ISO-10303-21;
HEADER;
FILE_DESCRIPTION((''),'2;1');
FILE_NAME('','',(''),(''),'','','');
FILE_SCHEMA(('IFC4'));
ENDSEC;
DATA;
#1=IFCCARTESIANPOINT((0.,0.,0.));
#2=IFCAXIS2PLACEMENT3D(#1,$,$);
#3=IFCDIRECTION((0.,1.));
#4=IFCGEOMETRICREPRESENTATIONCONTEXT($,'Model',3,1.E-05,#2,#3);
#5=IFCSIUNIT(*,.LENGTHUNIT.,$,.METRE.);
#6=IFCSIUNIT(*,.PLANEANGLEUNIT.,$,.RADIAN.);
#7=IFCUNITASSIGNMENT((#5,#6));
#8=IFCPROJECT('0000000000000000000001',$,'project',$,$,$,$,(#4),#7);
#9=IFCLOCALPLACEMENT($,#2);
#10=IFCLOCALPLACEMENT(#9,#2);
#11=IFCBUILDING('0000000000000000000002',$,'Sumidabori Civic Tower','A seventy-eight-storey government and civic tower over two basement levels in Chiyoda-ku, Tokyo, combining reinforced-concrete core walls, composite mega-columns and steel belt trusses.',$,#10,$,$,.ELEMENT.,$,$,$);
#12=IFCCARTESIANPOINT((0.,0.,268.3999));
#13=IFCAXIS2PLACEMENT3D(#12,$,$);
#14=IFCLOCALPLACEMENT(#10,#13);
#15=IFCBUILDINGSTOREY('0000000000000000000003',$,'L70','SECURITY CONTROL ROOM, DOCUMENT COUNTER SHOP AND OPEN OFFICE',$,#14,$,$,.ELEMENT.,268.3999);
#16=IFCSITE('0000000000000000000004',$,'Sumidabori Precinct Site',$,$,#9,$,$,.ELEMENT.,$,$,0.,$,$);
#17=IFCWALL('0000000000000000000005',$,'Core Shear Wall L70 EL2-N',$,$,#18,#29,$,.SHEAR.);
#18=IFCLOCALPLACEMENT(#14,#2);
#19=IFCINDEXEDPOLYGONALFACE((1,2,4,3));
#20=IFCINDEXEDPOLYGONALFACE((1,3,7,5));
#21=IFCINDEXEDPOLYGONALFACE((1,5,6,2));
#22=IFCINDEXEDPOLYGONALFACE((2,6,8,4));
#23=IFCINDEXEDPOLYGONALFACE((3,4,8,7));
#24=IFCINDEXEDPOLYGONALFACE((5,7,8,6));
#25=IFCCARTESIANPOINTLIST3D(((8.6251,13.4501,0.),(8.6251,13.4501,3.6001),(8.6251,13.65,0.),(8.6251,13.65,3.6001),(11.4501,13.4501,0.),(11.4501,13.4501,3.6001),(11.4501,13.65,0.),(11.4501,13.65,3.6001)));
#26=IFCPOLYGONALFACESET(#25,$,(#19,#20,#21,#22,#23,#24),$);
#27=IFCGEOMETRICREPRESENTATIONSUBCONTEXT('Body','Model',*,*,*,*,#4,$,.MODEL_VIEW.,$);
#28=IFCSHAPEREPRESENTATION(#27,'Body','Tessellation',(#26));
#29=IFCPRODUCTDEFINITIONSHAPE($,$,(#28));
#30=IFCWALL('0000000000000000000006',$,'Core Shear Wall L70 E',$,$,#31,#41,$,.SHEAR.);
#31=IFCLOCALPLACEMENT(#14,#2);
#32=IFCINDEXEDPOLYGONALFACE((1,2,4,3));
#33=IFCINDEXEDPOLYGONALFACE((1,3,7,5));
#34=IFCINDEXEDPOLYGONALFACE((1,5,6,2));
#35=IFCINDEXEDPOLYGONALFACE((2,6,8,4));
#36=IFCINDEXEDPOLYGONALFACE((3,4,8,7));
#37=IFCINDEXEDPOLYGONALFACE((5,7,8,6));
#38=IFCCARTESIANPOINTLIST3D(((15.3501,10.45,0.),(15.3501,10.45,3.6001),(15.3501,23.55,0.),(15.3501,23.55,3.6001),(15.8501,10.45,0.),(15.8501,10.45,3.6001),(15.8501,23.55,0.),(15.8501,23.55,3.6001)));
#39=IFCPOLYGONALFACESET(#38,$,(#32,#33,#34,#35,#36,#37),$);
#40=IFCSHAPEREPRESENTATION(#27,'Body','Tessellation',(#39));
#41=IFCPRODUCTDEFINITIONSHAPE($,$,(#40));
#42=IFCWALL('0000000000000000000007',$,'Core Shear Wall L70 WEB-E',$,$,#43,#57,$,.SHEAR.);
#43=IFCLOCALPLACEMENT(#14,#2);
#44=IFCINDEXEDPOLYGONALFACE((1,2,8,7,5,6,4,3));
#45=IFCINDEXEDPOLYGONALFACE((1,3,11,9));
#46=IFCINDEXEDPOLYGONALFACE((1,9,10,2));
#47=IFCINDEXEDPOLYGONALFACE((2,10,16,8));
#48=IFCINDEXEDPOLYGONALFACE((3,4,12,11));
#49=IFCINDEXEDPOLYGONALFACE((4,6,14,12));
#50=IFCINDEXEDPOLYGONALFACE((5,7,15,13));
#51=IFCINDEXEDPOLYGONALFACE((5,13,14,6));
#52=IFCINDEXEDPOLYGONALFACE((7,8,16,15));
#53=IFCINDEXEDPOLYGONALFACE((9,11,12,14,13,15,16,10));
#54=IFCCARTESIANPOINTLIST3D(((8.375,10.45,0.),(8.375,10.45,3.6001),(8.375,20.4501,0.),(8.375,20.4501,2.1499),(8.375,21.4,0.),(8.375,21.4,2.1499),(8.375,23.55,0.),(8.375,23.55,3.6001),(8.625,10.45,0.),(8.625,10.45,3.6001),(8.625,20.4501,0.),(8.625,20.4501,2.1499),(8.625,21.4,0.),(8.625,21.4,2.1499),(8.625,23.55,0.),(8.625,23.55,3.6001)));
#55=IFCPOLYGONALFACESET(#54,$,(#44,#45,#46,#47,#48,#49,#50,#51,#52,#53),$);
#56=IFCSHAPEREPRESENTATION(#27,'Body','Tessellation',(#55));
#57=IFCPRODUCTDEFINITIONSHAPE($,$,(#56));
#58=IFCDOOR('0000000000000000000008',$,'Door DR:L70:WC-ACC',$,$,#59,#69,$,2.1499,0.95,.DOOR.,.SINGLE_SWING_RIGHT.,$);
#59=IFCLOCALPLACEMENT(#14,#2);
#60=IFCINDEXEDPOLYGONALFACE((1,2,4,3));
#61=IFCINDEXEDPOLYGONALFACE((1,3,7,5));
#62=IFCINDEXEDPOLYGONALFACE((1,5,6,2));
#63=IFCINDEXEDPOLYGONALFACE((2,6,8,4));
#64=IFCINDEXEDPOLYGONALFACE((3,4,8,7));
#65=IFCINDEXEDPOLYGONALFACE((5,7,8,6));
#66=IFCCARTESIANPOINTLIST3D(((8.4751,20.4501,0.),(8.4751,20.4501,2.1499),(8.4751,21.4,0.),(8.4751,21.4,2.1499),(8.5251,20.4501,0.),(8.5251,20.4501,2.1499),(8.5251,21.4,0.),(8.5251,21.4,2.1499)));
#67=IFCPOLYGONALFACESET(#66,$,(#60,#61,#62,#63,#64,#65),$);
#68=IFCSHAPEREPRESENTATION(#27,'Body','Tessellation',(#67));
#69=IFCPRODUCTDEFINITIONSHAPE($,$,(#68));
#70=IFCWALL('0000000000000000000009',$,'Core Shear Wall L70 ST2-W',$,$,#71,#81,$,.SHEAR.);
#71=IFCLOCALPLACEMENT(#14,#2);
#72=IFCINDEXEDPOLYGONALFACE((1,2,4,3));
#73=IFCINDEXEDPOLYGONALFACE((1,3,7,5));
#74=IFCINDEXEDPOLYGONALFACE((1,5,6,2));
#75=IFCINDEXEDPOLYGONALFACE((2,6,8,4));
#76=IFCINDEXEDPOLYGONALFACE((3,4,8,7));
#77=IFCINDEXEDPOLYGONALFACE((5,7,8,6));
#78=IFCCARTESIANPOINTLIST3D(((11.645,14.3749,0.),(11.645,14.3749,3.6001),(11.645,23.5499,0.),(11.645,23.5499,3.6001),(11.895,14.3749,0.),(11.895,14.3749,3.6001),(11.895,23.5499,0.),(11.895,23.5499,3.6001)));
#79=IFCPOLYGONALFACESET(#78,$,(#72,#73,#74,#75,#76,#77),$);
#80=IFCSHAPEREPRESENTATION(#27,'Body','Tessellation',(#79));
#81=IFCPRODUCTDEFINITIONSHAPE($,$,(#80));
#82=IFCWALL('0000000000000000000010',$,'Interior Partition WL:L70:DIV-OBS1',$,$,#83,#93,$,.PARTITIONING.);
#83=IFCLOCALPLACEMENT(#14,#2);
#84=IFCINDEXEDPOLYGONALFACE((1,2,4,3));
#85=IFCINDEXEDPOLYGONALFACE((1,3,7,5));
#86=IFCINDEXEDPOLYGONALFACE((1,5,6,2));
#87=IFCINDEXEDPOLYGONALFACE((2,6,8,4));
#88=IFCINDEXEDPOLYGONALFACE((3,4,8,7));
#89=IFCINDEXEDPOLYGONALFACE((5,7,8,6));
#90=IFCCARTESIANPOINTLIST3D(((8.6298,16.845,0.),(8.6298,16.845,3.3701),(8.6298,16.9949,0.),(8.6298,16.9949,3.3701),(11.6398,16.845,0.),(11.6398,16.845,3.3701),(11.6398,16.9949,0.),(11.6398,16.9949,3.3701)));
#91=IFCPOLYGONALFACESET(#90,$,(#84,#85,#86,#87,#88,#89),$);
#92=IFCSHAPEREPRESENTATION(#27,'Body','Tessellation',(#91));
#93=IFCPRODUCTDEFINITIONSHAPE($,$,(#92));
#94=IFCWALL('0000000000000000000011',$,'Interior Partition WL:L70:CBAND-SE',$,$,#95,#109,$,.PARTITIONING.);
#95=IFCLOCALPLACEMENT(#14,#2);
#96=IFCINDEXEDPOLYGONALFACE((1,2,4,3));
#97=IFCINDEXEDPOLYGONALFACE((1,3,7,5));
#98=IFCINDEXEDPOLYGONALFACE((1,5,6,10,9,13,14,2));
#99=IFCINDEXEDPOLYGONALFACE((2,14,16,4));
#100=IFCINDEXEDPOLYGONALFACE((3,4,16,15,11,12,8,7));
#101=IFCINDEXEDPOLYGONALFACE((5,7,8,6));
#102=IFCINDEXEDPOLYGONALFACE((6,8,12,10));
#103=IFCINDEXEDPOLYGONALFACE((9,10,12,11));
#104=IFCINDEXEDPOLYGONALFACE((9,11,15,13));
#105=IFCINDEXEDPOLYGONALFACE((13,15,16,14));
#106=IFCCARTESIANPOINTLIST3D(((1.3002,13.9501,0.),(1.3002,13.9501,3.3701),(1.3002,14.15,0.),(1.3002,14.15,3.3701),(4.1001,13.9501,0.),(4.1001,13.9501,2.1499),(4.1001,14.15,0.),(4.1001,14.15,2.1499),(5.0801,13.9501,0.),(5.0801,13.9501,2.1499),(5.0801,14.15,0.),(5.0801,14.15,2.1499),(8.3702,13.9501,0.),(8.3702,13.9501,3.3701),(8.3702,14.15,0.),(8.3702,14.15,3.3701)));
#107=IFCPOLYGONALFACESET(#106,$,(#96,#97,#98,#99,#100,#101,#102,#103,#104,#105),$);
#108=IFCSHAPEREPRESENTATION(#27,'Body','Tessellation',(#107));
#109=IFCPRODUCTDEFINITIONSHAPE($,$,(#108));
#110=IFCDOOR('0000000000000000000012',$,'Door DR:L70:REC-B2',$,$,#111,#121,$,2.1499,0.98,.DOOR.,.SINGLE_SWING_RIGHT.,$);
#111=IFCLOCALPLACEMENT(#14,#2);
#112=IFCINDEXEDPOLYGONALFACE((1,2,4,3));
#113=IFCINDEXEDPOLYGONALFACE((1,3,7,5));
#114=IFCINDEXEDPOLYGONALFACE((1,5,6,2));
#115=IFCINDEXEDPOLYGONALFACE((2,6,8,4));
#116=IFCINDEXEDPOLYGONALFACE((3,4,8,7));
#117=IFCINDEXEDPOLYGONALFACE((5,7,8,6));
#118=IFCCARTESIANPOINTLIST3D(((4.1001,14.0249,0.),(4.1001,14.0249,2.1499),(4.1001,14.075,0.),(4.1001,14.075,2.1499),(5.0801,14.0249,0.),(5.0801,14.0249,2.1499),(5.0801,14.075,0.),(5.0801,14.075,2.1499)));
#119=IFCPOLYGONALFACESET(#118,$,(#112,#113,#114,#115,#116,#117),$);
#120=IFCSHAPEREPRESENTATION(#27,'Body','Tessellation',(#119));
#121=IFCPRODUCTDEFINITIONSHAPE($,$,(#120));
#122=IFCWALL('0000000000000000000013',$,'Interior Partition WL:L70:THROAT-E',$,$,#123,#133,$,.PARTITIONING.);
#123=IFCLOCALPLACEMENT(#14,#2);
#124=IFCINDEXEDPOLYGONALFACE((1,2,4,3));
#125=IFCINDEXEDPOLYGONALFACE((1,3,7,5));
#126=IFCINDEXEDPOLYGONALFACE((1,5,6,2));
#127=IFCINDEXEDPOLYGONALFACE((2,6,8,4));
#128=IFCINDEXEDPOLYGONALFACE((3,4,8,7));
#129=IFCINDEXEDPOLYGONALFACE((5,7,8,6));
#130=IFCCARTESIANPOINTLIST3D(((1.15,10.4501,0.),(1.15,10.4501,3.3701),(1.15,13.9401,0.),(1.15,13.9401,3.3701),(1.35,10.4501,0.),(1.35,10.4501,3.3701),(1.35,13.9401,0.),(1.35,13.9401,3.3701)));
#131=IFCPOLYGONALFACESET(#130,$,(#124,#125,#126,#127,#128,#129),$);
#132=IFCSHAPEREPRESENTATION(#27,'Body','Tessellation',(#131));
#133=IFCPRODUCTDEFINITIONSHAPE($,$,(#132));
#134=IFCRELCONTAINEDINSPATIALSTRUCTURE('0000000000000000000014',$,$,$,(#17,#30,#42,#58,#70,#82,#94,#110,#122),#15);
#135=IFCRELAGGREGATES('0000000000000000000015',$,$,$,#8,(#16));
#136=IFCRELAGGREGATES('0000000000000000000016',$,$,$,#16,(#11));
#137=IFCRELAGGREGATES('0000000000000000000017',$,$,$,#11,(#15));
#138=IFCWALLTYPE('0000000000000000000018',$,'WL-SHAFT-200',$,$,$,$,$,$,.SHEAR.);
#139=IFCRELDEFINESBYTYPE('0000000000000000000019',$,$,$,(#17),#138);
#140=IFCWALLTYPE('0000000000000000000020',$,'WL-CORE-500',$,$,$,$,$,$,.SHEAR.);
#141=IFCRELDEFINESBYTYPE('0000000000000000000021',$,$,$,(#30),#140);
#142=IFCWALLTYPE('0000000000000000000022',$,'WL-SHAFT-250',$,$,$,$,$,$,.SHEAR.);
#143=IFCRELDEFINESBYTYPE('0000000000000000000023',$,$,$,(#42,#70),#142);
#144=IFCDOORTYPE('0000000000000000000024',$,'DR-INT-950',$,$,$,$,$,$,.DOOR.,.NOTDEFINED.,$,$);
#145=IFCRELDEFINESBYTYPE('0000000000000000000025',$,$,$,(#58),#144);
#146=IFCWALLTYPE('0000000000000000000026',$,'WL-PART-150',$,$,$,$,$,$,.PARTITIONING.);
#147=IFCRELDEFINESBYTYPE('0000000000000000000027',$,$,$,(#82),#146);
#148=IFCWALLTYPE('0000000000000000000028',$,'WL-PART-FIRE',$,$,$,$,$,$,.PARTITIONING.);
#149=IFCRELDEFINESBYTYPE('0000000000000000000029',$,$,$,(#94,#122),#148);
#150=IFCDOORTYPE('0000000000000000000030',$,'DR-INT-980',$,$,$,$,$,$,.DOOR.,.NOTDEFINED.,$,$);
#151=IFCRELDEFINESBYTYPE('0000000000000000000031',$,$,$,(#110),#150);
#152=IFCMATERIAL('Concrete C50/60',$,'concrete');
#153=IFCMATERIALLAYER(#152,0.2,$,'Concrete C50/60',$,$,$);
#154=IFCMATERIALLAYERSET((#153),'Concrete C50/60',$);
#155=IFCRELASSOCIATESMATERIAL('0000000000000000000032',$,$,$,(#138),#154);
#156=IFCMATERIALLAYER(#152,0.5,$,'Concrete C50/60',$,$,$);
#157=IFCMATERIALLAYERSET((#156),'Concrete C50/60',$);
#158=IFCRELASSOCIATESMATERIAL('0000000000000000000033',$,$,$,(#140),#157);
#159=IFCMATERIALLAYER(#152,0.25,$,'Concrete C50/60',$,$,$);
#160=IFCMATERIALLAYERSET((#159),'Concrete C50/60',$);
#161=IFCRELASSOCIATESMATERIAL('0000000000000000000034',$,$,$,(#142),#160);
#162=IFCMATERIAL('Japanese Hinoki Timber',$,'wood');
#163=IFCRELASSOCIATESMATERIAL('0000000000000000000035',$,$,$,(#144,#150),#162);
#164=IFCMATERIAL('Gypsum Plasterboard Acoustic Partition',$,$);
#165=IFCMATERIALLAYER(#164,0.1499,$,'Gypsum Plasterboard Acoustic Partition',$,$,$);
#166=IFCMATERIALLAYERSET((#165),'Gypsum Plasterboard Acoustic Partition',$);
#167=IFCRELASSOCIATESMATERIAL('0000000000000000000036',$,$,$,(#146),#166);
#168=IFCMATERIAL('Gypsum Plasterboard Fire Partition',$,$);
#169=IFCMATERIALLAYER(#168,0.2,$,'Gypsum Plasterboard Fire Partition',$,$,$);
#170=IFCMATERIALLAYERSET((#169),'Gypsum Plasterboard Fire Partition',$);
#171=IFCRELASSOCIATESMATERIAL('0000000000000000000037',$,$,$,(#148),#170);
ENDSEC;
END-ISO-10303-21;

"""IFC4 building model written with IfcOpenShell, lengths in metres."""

from ifc_helpers import new_model, si_unit, direction, frame, frame_2d, origin, place, context, subcontext, project, spatial, rectangle, extrude, source, transform, mapped, material, layer, layer_set, type_object, element, fill, save


model = new_model("IFC4")

# Units and contexts
model_context = context("Model", 3, precision=1e-05, world=origin(), true_north=direction((0.0, 1.0)))
body_context = subcontext(model_context, "Body", "Model", "MODEL_VIEW")
ifc_project = project(units=[si_unit("LENGTHUNIT", "METRE"), si_unit("PLANEANGLEUNIT", "RADIAN")], contexts=[model_context])

# Site, building, storey
site_placement = place(None, origin())
site = spatial("IfcSite", under=ifc_project, at=site_placement, Name="Sumidabori Precinct Site", CompositionType="ELEMENT", RefElevation=0.0)
building_placement = place(site_placement, origin())
building = spatial("IfcBuilding", under=site, at=building_placement, Name="Sumidabori Civic Tower", Description="A seventy-eight-storey government and civic tower over two basement levels in Chiyoda-ku, Tokyo, combining reinforced-concrete core walls, composite mega-columns and steel belt trusses.", CompositionType="ELEMENT")
storey_placement = place(building_placement, frame((0.0, 0.0, 268.3999)))
storey = spatial("IfcBuildingStorey", under=building, at=storey_placement, Name="L70", Description="SECURITY CONTROL ROOM, DOCUMENT COUNTER SHOP AND OPEN OFFICE", CompositionType="ELEMENT", Elevation=268.3999)

# Walls
ifc_material_1 = material(Name="Concrete C50/60", Category="concrete")
ifc_layer_1 = layer(ifc_material_1, 0.2, Name="Concrete C50/60")
ifc_layer_set_1 = layer_set([ifc_layer_1], Name="Concrete C50/60")
wall_type_1 = type_object("IfcWallType", Name="WL-SHAFT-200", PredefinedType="SHEAR", material=ifc_layer_set_1)
shared_shape_1 = source(origin(), body_context, "Body", "SweptSolid", [
    extrude(rectangle(XDim=2.825, YDim=0.2, at=frame_2d((1.4126, 0.0))), origin(), (0.0, 0.0, 1.0), 3.6001),
])
wall_1_placement = place(storey_placement, frame((8.625, 13.55, 0.0), z_axis=(0.0, 0.0, 1.0), x_axis=(1.0, 0.0, 0.0)))
element("IfcWall", 1, at=wall_1_placement, inside=storey, type_object=wall_type_1, Name="Core Shear Wall L70 EL2-N", PredefinedType="SHEAR", context=body_context, shape_type="MappedRepresentation", body=[
    mapped(shared_shape_1, transform((0.0, 0.0, 0.0), x_axis=(1.0, 0.0, 0.0), y_axis=(0.0, 1.0, 0.0), z_axis=(0.0, 0.0, 1.0), scale=1.0)),
])
ifc_layer_2 = layer(ifc_material_1, 0.5, Name="Concrete C50/60")
ifc_layer_set_2 = layer_set([ifc_layer_2], Name="Concrete C50/60")
wall_type_2 = type_object("IfcWallType", Name="WL-CORE-500", PredefinedType="SHEAR", material=ifc_layer_set_2)
shared_shape_2 = source(origin(), body_context, "Body", "SweptSolid", [
    extrude(rectangle(XDim=13.1001, YDim=0.5, at=frame_2d((6.55, 0.0))), origin(), (0.0, 0.0, 1.0), 3.6001),
])
wall_2_placement = place(storey_placement, frame((15.6001, 10.45, 0.0), z_axis=(0.0, 0.0, 1.0), x_axis=(0.0, 1.0, 0.0)))
element("IfcWall", 2, at=wall_2_placement, inside=storey, type_object=wall_type_2, Name="Core Shear Wall L70 E", PredefinedType="SHEAR", context=body_context, shape_type="MappedRepresentation", body=[
    mapped(shared_shape_2, transform((0.0, 0.0, 0.0), x_axis=(1.0, 0.0, 0.0), y_axis=(0.0, 1.0, 0.0), z_axis=(0.0, 0.0, 1.0), scale=1.0)),
])

# Wall, opening, door
ifc_layer_3 = layer(ifc_material_1, 0.25, Name="Concrete C50/60")
ifc_layer_set_3 = layer_set([ifc_layer_3], Name="Concrete C50/60")
wall_type_3 = type_object("IfcWallType", Name="WL-SHAFT-250", PredefinedType="SHEAR", material=ifc_layer_set_3)
shared_shape_3 = source(origin(), body_context, "Body", "SweptSolid", [
    extrude(rectangle(XDim=13.1001, YDim=0.25, at=frame_2d((6.55, 0.0))), origin(), (0.0, 0.0, 1.0), 3.6001),
])
wall_3_placement = place(storey_placement, frame((8.5, 10.45, 0.0), z_axis=(0.0, 0.0, 1.0), x_axis=(0.0, 1.0, 0.0)))
wall_3 = element("IfcWall", 3, at=wall_3_placement, inside=storey, type_object=wall_type_3, Name="Core Shear Wall L70 WEB-E", PredefinedType="SHEAR", context=body_context, shape_type="MappedRepresentation", body=[
    mapped(shared_shape_3, transform((0.0, 0.0, 0.0), x_axis=(1.0, 0.0, 0.0), y_axis=(0.0, 1.0, 0.0), z_axis=(0.0, 0.0, 1.0), scale=1.0)),
])
opening_1_placement = place(wall_3_placement, frame((10.0, 0.0, 0.0)))
opening_1 = element("IfcOpeningElement", 4, at=opening_1_placement, cuts=wall_3, PredefinedType="OPENING", context=body_context, shape_type="SweptSolid", body=[
    extrude(rectangle(XDim=0.95, YDim=2.1499, at=frame_2d((0.4751, 1.075))), frame((0.0, 0.137, 0.0), z_axis=(0.0, -1.0, 0.0), x_axis=(1.0, 0.0, 0.0)), (0.0, 0.0, 1.0), 0.2739),
])
ifc_material_2 = material(Name="Japanese Hinoki Timber", Category="wood")
door_type_1 = type_object("IfcDoorType", Name="DR-INT-950", OperationType="NOTDEFINED", PredefinedType="DOOR", material=ifc_material_2)
shared_shape_4 = source(origin(), body_context, "Body", "SweptSolid", [
    extrude(rectangle(XDim=0.95, YDim=2.1499, at=frame_2d((0.4751, 1.075))), frame((0.0, 0.0249, 0.0), z_axis=(0.0, -1.0, 0.0), x_axis=(1.0, 0.0, 0.0)), (0.0, 0.0, 1.0), 0.05),
])
door_1_placement = place(opening_1_placement, origin())
door_1 = element("IfcDoor", 5, at=door_1_placement, inside=storey, type_object=door_type_1, Name="Door DR:L70:WC-ACC", OperationType="SINGLE_SWING_RIGHT", OverallHeight=2.1499, OverallWidth=0.95, PredefinedType="DOOR", context=body_context, shape_type="MappedRepresentation", body=[
    mapped(shared_shape_4, transform((0.0, 0.0, 0.0), x_axis=(1.0, 0.0, 0.0), y_axis=(0.0, 1.0, 0.0), z_axis=(0.0, 0.0, 1.0), scale=1.0)),
])
fill(opening_1, door_1)

# Wall
shared_shape_5 = source(origin(), body_context, "Body", "SweptSolid", [
    extrude(rectangle(XDim=9.175, YDim=0.25, at=frame_2d((4.5874, 0.0))), origin(), (0.0, 0.0, 1.0), 3.6001),
])
wall_4_placement = place(storey_placement, frame((11.77, 14.375, 0.0), z_axis=(0.0, 0.0, 1.0), x_axis=(0.0, 1.0, 0.0)))
element("IfcWall", 6, at=wall_4_placement, inside=storey, type_object=wall_type_3, Name="Core Shear Wall L70 ST2-W", PredefinedType="SHEAR", context=body_context, shape_type="MappedRepresentation", body=[
    mapped(shared_shape_5, transform((0.0, 0.0, 0.0), x_axis=(1.0, 0.0, 0.0), y_axis=(0.0, 1.0, 0.0), z_axis=(0.0, 0.0, 1.0), scale=1.0)),
])

# Wall
ifc_material_3 = material(Name="Gypsum Plasterboard Acoustic Partition")
ifc_layer_4 = layer(ifc_material_3, 0.1499, Name="Gypsum Plasterboard Acoustic Partition")
ifc_layer_set_4 = layer_set([ifc_layer_4], Name="Gypsum Plasterboard Acoustic Partition")
wall_type_4 = type_object("IfcWallType", Name="WL-PART-150", PredefinedType="PARTITIONING", material=ifc_layer_set_4)
shared_shape_6 = source(origin(), body_context, "Body", "SweptSolid", [
    extrude(rectangle(XDim=3.01, YDim=0.1499, at=frame_2d((1.5049, 0.0))), origin(), (0.0, 0.0, 1.0), 3.3701),
])
wall_5_placement = place(storey_placement, frame((8.6299, 16.9199, 0.0), z_axis=(0.0, 0.0, 1.0), x_axis=(1.0, 0.0, 0.0)))
element("IfcWall", 7, at=wall_5_placement, inside=storey, type_object=wall_type_4, Name="Interior Partition WL:L70:DIV-OBS1", PredefinedType="PARTITIONING", context=body_context, shape_type="MappedRepresentation", body=[
    mapped(shared_shape_6, transform((0.0, 0.0, 0.0), x_axis=(1.0, 0.0, 0.0), y_axis=(0.0, 1.0, 0.0), z_axis=(0.0, 0.0, 1.0), scale=1.0)),
])

# Wall, opening, door
ifc_material_4 = material(Name="Gypsum Plasterboard Fire Partition")
ifc_layer_5 = layer(ifc_material_4, 0.2, Name="Gypsum Plasterboard Fire Partition")
ifc_layer_set_5 = layer_set([ifc_layer_5], Name="Gypsum Plasterboard Fire Partition")
wall_type_5 = type_object("IfcWallType", Name="WL-PART-FIRE", PredefinedType="PARTITIONING", material=ifc_layer_set_5)
shared_shape_7 = source(origin(), body_context, "Body", "SweptSolid", [
    extrude(rectangle(XDim=7.0701, YDim=0.2, at=frame_2d((3.5352, 0.0))), origin(), (0.0, 0.0, 1.0), 3.3701),
])
wall_6_placement = place(storey_placement, frame((1.3, 14.05, 0.0), z_axis=(0.0, 0.0, 1.0), x_axis=(1.0, 0.0, 0.0)))
wall_6 = element("IfcWall", 8, at=wall_6_placement, inside=storey, type_object=wall_type_5, Name="Interior Partition WL:L70:CBAND-SE", PredefinedType="PARTITIONING", context=body_context, shape_type="MappedRepresentation", body=[
    mapped(shared_shape_7, transform((0.0, 0.0, 0.0), x_axis=(1.0, 0.0, 0.0), y_axis=(0.0, 1.0, 0.0), z_axis=(0.0, 0.0, 1.0), scale=1.0)),
])
opening_2_placement = place(wall_6_placement, frame((2.8, 0.0, 0.0)))
opening_2 = element("IfcOpeningElement", 9, at=opening_2_placement, cuts=wall_6, PredefinedType="OPENING", context=body_context, shape_type="SweptSolid", body=[
    extrude(rectangle(XDim=0.98, YDim=2.1499, at=frame_2d((0.49, 1.075))), frame((0.0, 0.1118, 0.0), z_axis=(0.0, -1.0, 0.0), x_axis=(1.0, 0.0, 0.0)), (0.0, 0.0, 1.0), 0.2239),
])
door_type_2 = type_object("IfcDoorType", Name="DR-INT-980", OperationType="NOTDEFINED", PredefinedType="DOOR", material=ifc_material_2)
shared_shape_8 = source(origin(), body_context, "Body", "SweptSolid", [
    extrude(rectangle(XDim=0.98, YDim=2.1499, at=frame_2d((0.49, 1.075))), frame((0.0, 0.0249, 0.0), z_axis=(0.0, -1.0, 0.0), x_axis=(1.0, 0.0, 0.0)), (0.0, 0.0, 1.0), 0.05),
])
door_2_placement = place(opening_2_placement, origin())
door_2 = element("IfcDoor", 10, at=door_2_placement, inside=storey, type_object=door_type_2, Name="Door DR:L70:REC-B2", OperationType="SINGLE_SWING_RIGHT", OverallHeight=2.1499, OverallWidth=0.98, PredefinedType="DOOR", context=body_context, shape_type="MappedRepresentation", body=[
    mapped(shared_shape_8, transform((0.0, 0.0, 0.0), x_axis=(1.0, 0.0, 0.0), y_axis=(0.0, 1.0, 0.0), z_axis=(0.0, 0.0, 1.0), scale=1.0)),
])
fill(opening_2, door_2)

# Wall
shared_shape_9 = source(origin(), body_context, "Body", "SweptSolid", [
    extrude(rectangle(XDim=3.49, YDim=0.2, at=frame_2d((1.7451, 0.0))), origin(), (0.0, 0.0, 1.0), 3.3701),
])
wall_7_placement = place(storey_placement, frame((1.25, 10.45, 0.0), z_axis=(0.0, 0.0, 1.0), x_axis=(0.0, 1.0, 0.0)))
element("IfcWall", 11, at=wall_7_placement, inside=storey, type_object=wall_type_5, Name="Interior Partition WL:L70:THROAT-E", PredefinedType="PARTITIONING", context=body_context, shape_type="MappedRepresentation", body=[
    mapped(shared_shape_9, transform((0.0, 0.0, 0.0), x_axis=(1.0, 0.0, 0.0), y_axis=(0.0, 1.0, 0.0), z_axis=(0.0, 0.0, 1.0), scale=1.0)),
])

save(model, "model.ifc")
